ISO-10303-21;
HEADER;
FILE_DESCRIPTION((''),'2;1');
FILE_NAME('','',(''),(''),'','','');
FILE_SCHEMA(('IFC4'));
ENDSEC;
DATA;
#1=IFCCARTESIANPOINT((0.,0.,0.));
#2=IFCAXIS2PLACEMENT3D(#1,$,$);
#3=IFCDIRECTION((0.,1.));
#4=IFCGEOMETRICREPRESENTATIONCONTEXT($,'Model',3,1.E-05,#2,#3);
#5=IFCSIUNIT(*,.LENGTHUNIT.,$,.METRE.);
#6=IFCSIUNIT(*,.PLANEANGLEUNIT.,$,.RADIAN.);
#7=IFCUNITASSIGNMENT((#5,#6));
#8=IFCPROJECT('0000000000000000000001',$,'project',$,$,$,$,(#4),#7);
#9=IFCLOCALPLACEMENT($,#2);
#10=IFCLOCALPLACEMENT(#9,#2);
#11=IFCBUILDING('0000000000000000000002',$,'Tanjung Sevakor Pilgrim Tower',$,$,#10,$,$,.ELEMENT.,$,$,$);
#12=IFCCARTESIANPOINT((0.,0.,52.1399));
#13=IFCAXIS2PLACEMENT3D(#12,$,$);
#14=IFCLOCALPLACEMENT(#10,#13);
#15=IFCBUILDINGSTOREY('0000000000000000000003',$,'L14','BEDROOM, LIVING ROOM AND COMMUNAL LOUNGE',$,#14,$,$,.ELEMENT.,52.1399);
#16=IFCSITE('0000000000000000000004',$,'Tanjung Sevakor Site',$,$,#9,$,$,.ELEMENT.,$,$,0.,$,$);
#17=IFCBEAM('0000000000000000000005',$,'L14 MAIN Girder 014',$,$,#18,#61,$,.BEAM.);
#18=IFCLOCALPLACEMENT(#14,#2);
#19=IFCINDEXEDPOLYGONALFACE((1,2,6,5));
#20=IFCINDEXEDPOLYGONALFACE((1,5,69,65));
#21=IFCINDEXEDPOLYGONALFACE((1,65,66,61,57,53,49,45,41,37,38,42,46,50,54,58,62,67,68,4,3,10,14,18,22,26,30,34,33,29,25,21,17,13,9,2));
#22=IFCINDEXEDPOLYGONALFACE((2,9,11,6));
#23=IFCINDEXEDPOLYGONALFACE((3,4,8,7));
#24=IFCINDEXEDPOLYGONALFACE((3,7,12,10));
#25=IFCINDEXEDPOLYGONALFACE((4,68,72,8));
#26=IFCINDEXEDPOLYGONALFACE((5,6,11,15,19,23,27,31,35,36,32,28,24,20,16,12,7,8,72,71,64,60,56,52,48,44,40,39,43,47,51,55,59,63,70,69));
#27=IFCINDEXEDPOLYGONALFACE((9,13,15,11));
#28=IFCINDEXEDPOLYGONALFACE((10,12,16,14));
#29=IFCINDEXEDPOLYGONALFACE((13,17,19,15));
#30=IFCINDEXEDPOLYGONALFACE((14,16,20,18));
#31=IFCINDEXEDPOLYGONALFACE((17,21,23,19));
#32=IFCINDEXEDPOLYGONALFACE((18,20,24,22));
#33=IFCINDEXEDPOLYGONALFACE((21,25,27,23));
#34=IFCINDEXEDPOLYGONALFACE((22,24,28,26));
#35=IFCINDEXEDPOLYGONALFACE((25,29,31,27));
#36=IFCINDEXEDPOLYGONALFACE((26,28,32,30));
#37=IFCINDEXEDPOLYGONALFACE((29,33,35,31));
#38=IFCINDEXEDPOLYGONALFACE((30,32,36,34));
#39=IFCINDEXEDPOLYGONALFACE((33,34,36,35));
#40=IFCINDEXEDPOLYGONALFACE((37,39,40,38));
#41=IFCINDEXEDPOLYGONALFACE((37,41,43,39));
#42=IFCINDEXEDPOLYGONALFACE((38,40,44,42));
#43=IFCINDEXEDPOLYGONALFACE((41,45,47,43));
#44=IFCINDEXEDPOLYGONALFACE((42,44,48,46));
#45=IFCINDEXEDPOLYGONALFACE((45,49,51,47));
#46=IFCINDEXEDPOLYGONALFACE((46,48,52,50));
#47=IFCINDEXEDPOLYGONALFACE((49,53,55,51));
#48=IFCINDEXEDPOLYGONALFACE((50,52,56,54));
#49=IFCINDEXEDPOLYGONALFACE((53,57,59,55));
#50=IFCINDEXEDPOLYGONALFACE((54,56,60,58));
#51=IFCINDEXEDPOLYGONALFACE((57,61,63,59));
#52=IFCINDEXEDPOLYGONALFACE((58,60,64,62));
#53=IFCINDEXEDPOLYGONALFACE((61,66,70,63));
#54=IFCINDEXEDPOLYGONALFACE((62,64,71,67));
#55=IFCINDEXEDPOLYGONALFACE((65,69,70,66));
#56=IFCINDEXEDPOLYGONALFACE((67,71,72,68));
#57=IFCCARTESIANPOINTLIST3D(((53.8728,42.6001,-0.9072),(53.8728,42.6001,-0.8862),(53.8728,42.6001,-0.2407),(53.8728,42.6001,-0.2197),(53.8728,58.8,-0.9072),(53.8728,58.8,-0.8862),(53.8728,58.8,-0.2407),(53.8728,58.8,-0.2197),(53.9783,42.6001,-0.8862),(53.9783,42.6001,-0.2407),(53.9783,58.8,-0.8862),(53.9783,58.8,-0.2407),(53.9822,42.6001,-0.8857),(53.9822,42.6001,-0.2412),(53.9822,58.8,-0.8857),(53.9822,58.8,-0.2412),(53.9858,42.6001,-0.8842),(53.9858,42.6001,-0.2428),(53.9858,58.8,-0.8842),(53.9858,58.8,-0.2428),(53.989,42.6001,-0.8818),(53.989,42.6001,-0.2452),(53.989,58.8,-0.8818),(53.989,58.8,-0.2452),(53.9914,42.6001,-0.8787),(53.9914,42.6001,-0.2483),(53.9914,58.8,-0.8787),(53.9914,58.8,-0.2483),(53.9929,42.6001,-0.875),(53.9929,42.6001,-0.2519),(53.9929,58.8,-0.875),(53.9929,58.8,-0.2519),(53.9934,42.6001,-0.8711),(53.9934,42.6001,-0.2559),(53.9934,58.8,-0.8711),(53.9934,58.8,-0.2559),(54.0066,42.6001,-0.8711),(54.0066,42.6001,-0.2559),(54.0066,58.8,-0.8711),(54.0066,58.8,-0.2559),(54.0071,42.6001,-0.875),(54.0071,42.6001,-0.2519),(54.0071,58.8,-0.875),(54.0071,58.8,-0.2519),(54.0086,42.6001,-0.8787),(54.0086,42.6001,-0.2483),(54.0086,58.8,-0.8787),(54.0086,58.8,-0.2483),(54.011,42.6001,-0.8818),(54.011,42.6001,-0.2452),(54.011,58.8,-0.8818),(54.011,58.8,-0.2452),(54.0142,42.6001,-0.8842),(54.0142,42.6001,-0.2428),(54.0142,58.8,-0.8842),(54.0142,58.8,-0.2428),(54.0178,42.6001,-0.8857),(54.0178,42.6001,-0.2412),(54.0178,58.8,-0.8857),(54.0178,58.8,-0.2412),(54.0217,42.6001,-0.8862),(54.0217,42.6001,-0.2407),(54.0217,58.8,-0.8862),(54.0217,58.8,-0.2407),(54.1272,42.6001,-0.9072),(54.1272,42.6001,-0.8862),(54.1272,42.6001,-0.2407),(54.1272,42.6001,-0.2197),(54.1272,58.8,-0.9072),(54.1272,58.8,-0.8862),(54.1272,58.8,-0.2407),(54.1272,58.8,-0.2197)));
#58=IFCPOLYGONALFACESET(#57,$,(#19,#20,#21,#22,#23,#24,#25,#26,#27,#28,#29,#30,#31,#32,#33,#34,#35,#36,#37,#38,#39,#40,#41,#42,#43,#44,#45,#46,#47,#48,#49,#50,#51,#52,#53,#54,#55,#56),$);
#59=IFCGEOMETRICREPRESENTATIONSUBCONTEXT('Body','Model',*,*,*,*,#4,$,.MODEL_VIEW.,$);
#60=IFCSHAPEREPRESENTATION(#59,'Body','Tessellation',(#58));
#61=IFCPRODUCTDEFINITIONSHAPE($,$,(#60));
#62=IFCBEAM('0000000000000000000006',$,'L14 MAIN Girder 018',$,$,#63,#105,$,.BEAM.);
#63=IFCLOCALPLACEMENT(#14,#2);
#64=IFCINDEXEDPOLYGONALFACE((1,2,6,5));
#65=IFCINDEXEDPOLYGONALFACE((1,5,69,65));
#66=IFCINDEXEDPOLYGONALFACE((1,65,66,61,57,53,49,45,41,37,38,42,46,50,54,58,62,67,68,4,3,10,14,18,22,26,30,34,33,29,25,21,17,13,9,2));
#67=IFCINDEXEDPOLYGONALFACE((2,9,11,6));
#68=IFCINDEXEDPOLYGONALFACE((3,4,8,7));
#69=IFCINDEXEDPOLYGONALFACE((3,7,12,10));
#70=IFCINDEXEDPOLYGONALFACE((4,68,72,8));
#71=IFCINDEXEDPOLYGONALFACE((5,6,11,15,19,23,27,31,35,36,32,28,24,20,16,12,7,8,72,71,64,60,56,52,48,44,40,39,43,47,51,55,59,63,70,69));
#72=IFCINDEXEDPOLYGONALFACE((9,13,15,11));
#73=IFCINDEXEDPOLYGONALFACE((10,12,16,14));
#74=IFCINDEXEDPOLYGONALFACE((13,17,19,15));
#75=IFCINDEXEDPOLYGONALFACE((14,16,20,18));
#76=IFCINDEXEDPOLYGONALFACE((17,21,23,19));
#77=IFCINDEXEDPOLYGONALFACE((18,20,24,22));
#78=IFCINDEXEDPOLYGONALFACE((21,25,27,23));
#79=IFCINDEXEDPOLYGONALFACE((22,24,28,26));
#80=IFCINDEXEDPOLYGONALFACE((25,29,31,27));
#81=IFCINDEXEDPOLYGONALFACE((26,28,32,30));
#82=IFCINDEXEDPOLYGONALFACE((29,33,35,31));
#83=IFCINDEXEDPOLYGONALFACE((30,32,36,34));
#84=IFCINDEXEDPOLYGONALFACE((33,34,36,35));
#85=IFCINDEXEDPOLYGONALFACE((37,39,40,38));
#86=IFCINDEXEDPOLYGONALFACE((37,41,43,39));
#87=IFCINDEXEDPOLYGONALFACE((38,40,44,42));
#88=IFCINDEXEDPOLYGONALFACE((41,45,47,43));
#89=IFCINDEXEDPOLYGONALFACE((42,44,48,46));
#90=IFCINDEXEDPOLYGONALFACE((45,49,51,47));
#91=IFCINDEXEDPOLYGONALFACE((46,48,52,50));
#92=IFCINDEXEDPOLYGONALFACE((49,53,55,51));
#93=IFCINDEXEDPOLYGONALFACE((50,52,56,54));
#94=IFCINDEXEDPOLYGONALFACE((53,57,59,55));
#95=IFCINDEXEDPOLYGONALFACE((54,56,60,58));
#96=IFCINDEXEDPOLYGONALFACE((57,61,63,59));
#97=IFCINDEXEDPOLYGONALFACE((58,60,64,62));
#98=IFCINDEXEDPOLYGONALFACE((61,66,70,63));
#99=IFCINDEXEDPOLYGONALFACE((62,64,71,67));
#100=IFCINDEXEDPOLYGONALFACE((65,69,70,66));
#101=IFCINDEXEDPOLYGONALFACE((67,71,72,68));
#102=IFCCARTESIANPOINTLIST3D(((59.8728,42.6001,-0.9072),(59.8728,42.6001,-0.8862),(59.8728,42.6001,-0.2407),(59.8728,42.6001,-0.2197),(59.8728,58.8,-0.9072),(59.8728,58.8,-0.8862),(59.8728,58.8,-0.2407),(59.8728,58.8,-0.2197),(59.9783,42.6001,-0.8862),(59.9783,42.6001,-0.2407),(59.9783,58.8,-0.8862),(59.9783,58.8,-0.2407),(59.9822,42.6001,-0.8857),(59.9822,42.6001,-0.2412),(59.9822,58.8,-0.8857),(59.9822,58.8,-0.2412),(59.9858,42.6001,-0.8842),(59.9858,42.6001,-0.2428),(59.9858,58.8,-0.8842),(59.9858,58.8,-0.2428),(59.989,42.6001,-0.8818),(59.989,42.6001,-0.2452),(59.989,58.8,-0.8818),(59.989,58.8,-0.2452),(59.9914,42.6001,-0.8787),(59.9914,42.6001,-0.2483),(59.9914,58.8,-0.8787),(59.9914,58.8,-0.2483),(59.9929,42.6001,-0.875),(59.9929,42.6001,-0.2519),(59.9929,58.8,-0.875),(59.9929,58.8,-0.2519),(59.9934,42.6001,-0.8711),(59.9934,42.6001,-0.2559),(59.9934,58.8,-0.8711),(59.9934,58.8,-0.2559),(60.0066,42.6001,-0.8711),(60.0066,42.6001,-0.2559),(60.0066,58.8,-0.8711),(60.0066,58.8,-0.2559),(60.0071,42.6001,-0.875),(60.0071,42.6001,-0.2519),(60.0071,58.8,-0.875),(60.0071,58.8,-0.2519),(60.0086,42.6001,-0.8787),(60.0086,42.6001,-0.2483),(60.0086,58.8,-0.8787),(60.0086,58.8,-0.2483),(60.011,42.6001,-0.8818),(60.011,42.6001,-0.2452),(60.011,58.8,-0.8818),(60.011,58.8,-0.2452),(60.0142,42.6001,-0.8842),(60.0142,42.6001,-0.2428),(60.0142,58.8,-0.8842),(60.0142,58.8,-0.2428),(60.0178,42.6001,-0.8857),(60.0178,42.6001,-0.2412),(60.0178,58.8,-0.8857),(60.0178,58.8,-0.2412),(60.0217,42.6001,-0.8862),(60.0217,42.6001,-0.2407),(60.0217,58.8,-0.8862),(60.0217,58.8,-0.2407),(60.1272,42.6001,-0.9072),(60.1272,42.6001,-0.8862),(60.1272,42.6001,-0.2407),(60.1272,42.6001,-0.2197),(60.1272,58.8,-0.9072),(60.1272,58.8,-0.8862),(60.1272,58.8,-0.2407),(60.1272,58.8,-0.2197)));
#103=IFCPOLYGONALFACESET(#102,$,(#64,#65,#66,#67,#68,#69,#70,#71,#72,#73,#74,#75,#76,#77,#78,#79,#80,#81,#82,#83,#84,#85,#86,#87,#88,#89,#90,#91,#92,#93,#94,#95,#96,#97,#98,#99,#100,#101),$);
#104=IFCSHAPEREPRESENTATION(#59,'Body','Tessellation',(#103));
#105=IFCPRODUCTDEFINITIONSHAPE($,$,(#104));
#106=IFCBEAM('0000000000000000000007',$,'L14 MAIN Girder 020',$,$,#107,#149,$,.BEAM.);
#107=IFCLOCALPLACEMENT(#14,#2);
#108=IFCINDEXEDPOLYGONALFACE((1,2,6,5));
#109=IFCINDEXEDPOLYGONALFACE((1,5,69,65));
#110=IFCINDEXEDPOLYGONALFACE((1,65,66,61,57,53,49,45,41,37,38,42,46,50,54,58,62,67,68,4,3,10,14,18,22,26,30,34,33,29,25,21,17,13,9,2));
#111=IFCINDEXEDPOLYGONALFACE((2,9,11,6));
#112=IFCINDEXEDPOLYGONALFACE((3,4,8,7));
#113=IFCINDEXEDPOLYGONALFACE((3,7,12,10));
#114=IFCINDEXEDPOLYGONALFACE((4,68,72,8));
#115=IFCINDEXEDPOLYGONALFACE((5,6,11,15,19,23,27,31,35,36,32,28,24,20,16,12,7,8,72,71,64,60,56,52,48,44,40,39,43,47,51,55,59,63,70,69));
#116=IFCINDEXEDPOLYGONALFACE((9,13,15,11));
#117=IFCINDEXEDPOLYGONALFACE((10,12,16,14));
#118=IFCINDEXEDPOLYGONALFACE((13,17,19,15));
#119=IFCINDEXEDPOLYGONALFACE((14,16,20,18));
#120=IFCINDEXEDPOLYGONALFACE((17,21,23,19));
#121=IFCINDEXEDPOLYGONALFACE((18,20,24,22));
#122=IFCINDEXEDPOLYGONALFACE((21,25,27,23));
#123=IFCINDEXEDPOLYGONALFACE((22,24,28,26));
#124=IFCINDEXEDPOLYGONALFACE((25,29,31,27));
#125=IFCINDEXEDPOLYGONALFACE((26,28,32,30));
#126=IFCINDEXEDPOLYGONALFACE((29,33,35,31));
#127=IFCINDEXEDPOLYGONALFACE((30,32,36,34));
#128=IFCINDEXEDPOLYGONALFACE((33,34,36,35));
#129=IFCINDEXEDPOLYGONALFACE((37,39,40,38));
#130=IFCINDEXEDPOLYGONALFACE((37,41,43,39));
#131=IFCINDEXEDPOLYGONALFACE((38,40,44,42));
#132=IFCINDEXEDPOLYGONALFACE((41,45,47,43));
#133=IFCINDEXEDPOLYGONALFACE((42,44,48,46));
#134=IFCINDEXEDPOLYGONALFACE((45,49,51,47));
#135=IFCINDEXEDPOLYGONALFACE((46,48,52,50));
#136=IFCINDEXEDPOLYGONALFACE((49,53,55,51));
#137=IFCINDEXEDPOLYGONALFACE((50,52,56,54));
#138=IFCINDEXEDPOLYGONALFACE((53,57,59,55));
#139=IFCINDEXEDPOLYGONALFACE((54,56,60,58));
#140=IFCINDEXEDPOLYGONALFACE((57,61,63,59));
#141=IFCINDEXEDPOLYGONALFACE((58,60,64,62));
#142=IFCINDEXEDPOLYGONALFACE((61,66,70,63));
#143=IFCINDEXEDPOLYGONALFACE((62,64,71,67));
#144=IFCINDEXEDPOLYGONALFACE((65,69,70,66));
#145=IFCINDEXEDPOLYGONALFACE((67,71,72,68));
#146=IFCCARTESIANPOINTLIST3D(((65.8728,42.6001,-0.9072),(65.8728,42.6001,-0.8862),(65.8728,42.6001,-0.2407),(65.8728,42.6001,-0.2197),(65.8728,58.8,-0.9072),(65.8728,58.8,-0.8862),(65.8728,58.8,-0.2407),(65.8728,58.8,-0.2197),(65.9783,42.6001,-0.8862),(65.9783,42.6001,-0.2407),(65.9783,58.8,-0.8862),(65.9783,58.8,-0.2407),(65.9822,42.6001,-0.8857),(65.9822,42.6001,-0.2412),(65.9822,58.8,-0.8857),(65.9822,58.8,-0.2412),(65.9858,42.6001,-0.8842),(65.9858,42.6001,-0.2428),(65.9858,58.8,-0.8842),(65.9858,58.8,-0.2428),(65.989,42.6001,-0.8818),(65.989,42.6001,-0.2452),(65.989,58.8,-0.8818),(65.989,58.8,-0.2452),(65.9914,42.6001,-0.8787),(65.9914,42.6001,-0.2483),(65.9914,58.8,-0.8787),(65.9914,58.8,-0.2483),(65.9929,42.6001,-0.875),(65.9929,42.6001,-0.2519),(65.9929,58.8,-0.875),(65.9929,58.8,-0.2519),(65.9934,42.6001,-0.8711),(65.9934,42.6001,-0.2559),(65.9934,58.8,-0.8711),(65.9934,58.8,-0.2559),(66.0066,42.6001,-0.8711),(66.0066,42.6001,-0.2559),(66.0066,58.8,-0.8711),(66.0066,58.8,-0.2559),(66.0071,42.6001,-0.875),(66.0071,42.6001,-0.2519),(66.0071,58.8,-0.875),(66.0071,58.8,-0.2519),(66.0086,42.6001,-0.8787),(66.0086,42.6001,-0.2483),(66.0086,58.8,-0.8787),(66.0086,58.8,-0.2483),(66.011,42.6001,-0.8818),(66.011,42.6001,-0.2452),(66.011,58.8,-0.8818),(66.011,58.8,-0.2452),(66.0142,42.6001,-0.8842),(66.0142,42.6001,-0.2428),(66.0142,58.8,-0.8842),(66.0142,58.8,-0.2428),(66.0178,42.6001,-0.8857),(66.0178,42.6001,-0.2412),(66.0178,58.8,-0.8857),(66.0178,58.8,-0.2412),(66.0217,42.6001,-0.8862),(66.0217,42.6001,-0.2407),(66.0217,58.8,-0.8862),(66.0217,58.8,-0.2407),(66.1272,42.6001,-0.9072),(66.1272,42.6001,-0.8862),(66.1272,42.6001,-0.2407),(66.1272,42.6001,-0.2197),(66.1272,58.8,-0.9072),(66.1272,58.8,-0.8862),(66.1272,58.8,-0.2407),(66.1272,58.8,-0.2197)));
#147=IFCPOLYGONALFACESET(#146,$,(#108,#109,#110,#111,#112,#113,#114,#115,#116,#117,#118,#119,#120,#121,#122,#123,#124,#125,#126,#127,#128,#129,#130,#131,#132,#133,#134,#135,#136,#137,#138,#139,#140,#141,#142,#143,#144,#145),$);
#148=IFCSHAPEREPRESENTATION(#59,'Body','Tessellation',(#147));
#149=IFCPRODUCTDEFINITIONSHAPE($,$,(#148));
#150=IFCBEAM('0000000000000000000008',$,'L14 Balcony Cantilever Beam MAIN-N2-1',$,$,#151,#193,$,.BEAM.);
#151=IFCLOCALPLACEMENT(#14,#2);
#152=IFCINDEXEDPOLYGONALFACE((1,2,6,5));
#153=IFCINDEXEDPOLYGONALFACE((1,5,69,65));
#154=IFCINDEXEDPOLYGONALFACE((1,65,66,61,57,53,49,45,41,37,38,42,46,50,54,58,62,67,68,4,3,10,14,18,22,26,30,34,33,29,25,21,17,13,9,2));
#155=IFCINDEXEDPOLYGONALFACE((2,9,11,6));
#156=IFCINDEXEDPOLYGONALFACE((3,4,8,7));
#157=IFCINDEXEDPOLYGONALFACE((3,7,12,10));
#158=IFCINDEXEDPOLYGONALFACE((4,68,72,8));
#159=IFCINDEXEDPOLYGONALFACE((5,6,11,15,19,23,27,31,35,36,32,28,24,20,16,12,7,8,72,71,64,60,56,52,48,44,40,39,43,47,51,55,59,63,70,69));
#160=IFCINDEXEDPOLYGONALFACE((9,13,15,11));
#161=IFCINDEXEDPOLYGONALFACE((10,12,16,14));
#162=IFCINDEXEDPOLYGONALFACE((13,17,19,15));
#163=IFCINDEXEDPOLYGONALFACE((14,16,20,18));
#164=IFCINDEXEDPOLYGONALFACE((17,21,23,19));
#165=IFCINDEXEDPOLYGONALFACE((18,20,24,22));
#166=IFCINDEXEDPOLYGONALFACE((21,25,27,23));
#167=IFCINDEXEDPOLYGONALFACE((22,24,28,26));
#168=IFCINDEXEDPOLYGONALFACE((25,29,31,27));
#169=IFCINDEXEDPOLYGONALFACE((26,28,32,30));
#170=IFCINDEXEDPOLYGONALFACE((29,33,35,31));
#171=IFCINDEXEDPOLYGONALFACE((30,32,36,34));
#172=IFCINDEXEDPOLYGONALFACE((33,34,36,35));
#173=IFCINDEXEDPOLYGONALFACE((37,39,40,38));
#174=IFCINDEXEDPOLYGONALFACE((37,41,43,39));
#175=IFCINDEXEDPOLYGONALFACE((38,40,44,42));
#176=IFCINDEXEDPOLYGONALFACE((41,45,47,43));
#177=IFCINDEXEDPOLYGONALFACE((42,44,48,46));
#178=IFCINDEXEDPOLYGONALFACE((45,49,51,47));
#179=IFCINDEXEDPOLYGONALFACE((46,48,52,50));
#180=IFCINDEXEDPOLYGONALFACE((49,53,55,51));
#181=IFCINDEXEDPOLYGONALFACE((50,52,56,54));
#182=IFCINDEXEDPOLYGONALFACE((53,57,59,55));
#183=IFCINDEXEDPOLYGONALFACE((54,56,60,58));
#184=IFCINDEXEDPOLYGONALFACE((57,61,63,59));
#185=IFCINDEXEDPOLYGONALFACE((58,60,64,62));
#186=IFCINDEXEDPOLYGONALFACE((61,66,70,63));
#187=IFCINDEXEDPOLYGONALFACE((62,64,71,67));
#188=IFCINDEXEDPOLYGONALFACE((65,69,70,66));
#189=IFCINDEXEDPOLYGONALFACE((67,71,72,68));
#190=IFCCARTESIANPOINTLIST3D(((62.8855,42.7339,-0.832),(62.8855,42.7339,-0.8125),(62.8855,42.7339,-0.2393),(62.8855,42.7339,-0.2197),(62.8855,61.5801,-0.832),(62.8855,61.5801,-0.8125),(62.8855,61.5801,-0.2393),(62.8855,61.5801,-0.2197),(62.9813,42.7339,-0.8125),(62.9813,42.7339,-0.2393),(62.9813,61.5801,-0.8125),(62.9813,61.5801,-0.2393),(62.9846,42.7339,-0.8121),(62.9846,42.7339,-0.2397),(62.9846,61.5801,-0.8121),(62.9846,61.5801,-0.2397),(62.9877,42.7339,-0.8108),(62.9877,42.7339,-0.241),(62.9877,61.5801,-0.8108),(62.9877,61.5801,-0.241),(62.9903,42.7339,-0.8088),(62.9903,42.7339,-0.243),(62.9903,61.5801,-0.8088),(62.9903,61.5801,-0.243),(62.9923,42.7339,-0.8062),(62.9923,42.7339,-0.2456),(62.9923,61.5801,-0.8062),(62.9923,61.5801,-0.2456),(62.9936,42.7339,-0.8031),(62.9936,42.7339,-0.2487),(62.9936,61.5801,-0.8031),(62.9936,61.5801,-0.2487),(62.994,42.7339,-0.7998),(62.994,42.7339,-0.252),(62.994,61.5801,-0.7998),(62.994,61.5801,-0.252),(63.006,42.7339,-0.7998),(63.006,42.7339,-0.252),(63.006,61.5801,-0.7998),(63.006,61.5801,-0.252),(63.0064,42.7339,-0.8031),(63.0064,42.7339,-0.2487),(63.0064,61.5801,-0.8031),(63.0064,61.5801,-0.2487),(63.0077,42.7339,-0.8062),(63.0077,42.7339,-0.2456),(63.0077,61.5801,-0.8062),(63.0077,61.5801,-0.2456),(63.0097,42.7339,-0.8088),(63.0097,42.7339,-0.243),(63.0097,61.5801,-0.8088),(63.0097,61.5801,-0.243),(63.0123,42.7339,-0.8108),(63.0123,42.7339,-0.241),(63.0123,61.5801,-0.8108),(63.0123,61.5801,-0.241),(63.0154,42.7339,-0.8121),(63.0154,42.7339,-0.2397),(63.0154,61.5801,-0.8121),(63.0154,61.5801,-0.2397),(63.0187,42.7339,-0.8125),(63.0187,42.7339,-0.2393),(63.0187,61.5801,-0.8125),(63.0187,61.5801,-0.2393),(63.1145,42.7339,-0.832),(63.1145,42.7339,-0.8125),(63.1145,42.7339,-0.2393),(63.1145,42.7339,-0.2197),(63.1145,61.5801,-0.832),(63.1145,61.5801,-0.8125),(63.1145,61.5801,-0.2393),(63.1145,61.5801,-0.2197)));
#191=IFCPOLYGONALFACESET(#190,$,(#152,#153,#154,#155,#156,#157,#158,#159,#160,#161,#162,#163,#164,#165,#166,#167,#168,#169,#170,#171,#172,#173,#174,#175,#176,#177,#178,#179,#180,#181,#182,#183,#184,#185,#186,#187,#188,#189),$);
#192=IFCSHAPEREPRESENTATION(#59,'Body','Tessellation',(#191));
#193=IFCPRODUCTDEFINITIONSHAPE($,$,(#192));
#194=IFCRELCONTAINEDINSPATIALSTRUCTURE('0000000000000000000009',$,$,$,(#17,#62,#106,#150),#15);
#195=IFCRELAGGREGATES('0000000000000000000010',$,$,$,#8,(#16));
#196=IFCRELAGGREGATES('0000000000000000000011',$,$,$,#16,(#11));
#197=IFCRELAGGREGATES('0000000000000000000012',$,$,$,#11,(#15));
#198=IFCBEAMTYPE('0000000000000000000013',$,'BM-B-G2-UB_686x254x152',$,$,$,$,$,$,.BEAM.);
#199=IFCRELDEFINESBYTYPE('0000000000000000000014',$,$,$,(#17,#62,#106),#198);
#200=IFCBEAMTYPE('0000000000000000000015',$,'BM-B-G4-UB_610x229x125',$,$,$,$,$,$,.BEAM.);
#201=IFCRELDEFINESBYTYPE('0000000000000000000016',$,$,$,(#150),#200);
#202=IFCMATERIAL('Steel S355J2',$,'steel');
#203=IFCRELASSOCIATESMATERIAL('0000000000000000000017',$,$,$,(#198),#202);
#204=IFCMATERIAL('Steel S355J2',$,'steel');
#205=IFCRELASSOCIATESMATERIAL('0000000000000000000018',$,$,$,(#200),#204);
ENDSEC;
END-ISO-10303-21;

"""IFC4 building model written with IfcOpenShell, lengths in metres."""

from ifc_helpers import new_model, si_unit, direction, frame, origin, origin_2d, place, context, subcontext, project, spatial, i_section, extrude, material, material_profile, profile_set, type_object, element, save


model = new_model("IFC4")

# Units and contexts
model_context = context("Model", 3, precision=1e-05, world=origin(), true_north=direction((0.0, 1.0)))
body_context = subcontext(model_context, "Body", "Model", "MODEL_VIEW")
ifc_project = project(units=[si_unit("LENGTHUNIT", "METRE"), si_unit("PLANEANGLEUNIT", "RADIAN")], contexts=[model_context])

# Site, building, storey
site_placement = place(None, origin())
site = spatial("IfcSite", under=ifc_project, at=site_placement, Name="Tanjung Sevakor Site", CompositionType="ELEMENT", RefElevation=0.0)
building_placement = place(site_placement, origin())
building = spatial("IfcBuilding", under=site, at=building_placement, Name="Tanjung Sevakor Pilgrim Tower", CompositionType="ELEMENT")
storey_placement = place(building_placement, frame((0.0, 0.0, 52.1399)))
storey = spatial("IfcBuildingStorey", under=building, at=storey_placement, Name="L14", Description="BEDROOM, LIVING ROOM AND COMMUNAL LOUNGE", CompositionType="ELEMENT", Elevation=52.1399)

# Beams
ifc_material_1 = material(Name="Steel S355J2", Category="steel")
ifc_material_profile_1 = material_profile(ifc_material_1, i_section(OverallWidth=0.2544, OverallDepth=0.6875, WebThickness=0.0132, FlangeThickness=0.021, FilletRadius=0.0151, at=origin_2d()))
ifc_profile_set_1 = profile_set([ifc_material_profile_1], Name="Steel S355J2")
beam_type_1 = type_object("IfcBeamType", Name="BM-B-G2-UB_686x254x152", PredefinedType="BEAM", material=ifc_profile_set_1)
for number, where, z_axis, x_axis, name in (
    (1, (54.0, 42.6001, -0.5635), (0.0, 1.0, 0.0), (-1.0, 0.0, 0.0), "L14 MAIN Girder 014"),
    (2, (60.0, 42.6001, -0.5635), (0.0, 1.0, 0.0), (-1.0, 0.0, 0.0), "L14 MAIN Girder 018"),
    (3, (66.0, 42.6001, -0.5635), (0.0, 1.0, 0.0), (-1.0, 0.0, 0.0), "L14 MAIN Girder 020"),
):
    element("IfcBeam", number, at=place(storey_placement, frame(where, z_axis=z_axis, x_axis=x_axis)), inside=storey, type_object=beam_type_1, Name=name, PredefinedType="BEAM", context=body_context, shape_type="SweptSolid", body=[
        extrude(i_section(OverallWidth=0.2544, OverallDepth=0.6875, WebThickness=0.0132, FlangeThickness=0.021, FilletRadius=0.0151, at=origin_2d()), origin(), (0.0, 0.0, 1.0), 16.2),
    ])
ifc_material_2 = material(Name="Steel S355J2", Category="steel")
ifc_material_profile_2 = material_profile(ifc_material_2, i_section(OverallWidth=0.229, OverallDepth=0.6123, WebThickness=0.012, FlangeThickness=0.0195, FilletRadius=0.0127, at=origin_2d()))
ifc_profile_set_2 = profile_set([ifc_material_profile_2], Name="Steel S355J2")
beam_type_2 = type_object("IfcBeamType", Name="BM-B-G4-UB_610x229x125", PredefinedType="BEAM", material=ifc_profile_set_2)
for number, where, z_axis, x_axis, name in (
    (4, (63.0, 42.7339, -0.5259), (0.0, 1.0, 0.0), (-1.0, 0.0, 0.0), "L14 Balcony Cantilever Beam MAIN-N2-1"),
):
    element("IfcBeam", number, at=place(storey_placement, frame(where, z_axis=z_axis, x_axis=x_axis)), inside=storey, type_object=beam_type_2, Name=name, PredefinedType="BEAM", context=body_context, shape_type="SweptSolid", body=[
        extrude(i_section(OverallWidth=0.229, OverallDepth=0.6123, WebThickness=0.012, FlangeThickness=0.0195, FilletRadius=0.0127, at=origin_2d()), origin(), (0.0, 0.0, 1.0), 18.8462),
    ])

save(model, "model.ifc")
